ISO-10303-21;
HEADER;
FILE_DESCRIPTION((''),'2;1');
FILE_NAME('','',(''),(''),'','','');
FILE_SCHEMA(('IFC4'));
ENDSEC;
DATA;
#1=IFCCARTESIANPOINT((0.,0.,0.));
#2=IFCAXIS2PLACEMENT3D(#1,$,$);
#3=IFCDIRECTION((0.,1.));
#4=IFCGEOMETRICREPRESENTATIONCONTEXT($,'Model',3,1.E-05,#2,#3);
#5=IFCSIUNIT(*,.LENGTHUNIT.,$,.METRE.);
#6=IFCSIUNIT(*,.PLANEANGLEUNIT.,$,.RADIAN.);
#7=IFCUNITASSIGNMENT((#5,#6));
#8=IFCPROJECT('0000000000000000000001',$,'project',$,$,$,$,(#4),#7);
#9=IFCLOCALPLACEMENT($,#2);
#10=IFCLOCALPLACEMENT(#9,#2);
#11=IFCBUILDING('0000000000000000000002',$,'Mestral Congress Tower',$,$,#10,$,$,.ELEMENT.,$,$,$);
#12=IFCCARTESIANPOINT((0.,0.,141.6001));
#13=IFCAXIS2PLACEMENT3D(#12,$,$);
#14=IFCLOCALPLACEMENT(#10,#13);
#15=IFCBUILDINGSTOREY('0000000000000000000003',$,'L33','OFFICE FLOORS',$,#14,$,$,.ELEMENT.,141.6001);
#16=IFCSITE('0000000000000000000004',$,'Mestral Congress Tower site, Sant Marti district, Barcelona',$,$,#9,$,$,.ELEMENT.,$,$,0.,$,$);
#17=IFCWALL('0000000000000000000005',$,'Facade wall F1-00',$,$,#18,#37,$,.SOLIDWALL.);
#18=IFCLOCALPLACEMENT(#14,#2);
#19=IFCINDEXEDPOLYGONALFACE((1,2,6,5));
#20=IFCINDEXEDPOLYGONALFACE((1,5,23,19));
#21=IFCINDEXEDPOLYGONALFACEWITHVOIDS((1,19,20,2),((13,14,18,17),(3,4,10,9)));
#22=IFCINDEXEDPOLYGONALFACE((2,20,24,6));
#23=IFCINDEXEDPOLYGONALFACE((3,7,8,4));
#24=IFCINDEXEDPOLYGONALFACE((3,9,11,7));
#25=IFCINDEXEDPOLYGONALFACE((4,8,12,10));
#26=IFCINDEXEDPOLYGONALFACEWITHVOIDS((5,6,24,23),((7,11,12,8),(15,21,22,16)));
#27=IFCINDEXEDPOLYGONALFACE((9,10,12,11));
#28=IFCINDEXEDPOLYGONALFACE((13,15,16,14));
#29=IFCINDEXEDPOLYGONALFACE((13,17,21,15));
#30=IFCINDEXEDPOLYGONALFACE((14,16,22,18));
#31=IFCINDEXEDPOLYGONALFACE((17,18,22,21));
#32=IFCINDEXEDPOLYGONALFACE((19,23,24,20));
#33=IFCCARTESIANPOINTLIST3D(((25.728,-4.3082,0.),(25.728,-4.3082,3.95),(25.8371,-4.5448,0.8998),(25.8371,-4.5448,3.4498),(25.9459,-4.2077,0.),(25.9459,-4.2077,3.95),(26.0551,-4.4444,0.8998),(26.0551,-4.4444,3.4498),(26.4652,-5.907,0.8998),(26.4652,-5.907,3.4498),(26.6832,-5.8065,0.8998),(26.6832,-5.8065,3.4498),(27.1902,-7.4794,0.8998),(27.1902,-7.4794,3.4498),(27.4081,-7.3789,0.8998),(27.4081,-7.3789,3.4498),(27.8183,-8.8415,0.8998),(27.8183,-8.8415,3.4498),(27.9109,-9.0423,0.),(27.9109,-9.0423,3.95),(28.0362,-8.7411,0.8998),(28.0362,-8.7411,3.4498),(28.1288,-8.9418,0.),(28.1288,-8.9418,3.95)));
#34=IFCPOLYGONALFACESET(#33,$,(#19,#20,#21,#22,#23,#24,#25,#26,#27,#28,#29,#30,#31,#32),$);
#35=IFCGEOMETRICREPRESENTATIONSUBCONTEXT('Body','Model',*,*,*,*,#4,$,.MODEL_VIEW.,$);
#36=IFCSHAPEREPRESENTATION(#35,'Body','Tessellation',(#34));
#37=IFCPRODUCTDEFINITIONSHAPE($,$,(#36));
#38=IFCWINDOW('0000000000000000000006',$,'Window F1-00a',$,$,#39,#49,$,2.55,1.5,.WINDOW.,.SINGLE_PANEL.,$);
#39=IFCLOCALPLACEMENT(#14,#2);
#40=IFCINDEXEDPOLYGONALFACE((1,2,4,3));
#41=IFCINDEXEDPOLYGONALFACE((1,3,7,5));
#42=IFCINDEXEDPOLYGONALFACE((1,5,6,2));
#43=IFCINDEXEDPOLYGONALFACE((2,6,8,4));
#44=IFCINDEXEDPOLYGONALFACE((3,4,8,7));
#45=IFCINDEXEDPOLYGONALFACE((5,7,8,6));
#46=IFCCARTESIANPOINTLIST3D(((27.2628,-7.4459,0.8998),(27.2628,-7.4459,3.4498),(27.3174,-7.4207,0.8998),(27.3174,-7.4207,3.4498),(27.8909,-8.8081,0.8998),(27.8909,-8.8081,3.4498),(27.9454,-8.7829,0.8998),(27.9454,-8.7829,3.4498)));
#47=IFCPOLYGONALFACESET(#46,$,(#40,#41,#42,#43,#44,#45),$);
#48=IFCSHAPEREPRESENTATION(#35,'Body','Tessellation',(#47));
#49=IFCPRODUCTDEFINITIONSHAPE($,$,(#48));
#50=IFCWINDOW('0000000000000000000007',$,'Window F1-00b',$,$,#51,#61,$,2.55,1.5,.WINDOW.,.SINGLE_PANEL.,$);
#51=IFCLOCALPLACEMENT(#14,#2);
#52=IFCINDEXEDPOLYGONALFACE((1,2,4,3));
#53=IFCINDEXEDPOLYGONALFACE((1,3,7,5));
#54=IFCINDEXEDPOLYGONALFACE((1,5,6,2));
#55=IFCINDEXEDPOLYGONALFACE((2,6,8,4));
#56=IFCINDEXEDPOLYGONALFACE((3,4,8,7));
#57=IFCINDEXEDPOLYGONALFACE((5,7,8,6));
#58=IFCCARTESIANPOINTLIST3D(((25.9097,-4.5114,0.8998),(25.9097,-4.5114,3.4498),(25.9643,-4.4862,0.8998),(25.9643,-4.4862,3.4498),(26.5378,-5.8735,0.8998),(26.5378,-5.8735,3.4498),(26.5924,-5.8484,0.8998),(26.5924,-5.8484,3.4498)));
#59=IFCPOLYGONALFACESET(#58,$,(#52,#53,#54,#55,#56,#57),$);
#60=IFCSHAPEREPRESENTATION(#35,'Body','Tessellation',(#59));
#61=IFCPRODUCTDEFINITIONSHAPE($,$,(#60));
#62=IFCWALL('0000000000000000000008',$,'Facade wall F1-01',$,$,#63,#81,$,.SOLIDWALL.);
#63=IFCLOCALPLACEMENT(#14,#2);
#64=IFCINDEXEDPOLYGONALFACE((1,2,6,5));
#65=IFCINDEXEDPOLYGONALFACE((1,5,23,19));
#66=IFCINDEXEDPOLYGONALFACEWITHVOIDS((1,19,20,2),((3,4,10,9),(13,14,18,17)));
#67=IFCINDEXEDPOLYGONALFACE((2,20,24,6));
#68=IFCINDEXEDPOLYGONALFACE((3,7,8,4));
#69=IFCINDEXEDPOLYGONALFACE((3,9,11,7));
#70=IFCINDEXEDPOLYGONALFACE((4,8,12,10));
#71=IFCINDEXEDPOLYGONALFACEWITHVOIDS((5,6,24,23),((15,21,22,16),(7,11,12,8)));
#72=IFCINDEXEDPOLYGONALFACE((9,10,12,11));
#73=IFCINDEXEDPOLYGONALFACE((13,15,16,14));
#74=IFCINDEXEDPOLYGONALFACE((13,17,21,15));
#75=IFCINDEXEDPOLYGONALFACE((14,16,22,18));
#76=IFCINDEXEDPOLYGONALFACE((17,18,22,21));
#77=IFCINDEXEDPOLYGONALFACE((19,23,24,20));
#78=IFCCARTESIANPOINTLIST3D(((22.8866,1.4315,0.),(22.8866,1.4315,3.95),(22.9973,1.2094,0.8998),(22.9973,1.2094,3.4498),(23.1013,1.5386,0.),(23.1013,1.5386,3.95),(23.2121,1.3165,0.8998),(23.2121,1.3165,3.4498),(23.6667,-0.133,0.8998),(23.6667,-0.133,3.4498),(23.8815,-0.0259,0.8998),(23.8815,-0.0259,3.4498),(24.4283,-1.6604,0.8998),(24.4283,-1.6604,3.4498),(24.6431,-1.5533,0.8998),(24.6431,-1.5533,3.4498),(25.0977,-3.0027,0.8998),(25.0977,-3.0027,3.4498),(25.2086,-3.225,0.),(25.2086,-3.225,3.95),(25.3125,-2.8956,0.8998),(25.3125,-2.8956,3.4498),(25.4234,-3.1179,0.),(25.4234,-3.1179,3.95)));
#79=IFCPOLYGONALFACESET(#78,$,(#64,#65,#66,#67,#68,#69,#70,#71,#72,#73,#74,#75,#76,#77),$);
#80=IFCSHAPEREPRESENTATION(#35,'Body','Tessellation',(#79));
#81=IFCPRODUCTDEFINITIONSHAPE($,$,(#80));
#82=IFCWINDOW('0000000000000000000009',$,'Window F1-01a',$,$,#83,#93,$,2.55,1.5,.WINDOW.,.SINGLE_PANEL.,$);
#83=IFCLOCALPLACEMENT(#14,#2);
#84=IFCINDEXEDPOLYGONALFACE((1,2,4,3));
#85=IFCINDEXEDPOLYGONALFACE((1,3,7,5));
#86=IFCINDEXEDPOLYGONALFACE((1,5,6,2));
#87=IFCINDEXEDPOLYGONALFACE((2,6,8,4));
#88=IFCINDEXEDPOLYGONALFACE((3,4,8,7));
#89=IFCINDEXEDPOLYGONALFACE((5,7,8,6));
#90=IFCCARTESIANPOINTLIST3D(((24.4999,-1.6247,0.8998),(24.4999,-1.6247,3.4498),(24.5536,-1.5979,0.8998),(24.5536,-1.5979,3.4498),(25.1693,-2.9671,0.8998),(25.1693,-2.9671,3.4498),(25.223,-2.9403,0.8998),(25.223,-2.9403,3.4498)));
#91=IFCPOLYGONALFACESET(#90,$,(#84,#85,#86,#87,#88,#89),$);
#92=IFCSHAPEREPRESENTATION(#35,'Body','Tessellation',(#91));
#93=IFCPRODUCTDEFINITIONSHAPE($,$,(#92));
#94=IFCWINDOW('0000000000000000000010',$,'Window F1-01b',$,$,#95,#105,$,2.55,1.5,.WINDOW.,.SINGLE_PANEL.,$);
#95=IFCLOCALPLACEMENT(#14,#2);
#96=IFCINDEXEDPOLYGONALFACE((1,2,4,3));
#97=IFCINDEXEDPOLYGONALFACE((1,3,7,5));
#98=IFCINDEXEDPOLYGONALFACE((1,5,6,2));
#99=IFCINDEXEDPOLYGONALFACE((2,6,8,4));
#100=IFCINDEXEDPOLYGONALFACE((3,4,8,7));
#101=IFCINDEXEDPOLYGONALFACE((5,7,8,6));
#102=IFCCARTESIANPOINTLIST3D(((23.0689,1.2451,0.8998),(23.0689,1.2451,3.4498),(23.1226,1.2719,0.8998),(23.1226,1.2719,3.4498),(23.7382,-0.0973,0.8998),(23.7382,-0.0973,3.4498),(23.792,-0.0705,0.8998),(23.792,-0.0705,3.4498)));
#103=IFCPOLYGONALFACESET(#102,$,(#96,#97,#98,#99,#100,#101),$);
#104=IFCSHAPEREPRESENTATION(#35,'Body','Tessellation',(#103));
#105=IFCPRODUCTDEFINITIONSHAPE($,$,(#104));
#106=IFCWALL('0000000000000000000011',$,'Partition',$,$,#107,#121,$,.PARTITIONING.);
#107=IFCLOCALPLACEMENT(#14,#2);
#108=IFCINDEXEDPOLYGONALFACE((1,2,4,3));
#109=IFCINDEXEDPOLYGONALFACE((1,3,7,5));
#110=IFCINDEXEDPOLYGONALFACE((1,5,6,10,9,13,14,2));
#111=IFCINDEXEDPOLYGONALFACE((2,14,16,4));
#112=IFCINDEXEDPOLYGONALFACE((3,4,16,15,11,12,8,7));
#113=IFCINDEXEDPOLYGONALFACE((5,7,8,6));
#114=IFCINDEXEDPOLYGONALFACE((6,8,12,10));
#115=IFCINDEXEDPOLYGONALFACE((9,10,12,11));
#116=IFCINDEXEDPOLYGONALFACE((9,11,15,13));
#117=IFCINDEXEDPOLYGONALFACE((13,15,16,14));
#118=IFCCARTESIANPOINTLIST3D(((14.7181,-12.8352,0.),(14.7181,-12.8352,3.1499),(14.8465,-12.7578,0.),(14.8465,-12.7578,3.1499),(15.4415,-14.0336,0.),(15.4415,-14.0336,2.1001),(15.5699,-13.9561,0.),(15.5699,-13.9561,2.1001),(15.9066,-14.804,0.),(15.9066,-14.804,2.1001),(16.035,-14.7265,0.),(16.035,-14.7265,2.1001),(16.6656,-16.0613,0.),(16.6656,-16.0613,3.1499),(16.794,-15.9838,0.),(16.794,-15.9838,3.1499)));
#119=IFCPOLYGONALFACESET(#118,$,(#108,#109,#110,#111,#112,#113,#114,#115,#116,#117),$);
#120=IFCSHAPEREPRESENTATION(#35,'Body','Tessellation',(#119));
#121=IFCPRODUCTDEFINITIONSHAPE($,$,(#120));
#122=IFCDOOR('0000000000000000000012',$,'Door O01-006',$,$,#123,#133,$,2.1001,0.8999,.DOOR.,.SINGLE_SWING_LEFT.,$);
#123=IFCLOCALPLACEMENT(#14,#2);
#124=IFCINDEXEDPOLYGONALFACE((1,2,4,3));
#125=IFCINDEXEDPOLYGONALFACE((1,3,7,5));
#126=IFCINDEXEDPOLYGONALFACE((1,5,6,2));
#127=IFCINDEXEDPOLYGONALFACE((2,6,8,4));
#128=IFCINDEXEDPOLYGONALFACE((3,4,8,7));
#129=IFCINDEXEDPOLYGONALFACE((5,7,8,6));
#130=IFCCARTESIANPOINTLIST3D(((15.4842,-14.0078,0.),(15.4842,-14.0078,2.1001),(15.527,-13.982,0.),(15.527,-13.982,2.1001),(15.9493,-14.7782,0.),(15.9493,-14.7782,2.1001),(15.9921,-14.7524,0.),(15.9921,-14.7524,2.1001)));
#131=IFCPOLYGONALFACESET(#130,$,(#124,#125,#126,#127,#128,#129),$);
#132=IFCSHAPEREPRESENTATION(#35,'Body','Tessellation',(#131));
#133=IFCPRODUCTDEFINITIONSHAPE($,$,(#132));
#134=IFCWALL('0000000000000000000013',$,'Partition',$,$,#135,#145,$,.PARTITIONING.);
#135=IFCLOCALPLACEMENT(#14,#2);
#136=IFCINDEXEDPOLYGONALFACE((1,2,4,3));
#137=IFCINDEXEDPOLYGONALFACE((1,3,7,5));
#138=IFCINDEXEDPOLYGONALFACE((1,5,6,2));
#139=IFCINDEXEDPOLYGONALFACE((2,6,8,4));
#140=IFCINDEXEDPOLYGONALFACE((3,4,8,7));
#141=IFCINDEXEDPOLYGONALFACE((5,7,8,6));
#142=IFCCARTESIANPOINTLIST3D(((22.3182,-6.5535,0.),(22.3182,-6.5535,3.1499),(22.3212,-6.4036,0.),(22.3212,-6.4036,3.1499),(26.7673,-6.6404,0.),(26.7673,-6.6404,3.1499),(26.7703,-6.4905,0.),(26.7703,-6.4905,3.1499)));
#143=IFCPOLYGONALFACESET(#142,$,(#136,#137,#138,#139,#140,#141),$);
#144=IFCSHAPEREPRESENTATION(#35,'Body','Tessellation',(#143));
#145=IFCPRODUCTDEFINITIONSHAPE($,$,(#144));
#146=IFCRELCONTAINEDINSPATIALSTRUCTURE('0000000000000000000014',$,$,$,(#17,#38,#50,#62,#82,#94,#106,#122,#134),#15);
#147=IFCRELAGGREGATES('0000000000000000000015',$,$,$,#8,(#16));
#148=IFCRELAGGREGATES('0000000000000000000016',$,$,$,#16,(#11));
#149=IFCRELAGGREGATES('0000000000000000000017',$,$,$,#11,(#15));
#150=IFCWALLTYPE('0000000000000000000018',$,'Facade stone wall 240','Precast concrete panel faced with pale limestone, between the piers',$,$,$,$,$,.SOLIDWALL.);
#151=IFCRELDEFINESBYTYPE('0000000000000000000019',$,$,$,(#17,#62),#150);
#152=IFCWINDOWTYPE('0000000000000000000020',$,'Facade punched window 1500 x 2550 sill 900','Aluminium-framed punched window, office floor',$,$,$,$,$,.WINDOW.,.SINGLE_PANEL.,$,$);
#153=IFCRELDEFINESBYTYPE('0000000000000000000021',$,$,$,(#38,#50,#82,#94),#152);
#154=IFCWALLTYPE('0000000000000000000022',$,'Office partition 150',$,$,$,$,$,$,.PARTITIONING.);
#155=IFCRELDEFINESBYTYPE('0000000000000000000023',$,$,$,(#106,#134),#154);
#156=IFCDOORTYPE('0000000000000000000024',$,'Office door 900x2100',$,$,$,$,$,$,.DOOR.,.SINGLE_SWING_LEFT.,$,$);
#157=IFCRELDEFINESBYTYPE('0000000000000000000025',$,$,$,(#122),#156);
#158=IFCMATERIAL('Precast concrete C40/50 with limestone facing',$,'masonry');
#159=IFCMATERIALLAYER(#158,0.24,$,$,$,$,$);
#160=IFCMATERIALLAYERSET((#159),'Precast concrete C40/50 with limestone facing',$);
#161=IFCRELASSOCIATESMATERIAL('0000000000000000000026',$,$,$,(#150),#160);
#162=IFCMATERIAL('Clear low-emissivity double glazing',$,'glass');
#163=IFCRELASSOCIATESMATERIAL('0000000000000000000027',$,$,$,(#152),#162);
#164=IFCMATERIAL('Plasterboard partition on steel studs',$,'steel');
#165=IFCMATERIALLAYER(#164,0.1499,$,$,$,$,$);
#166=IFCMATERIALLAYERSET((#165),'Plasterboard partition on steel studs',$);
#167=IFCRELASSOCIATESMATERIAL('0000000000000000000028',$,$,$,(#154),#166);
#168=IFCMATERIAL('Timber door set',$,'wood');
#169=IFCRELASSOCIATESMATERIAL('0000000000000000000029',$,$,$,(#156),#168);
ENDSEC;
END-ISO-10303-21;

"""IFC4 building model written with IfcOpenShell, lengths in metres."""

from ifc_helpers import new_model, si_unit, direction, frame, frame_2d, origin, place, context, subcontext, project, spatial, rectangle, extrude, material, layer, layer_set, type_object, element, fill, save


model = new_model("IFC4")

# Units and contexts
model_context = context("Model", 3, precision=1e-05, world=origin(), true_north=direction((0.0, 1.0)))
body_context = subcontext(model_context, "Body", "Model", "MODEL_VIEW")
ifc_project = project(units=[si_unit("LENGTHUNIT", "METRE"), si_unit("PLANEANGLEUNIT", "RADIAN")], contexts=[model_context])

# Site, building, storey
site_placement = place(None, origin())
site = spatial("IfcSite", under=ifc_project, at=site_placement, Name="Mestral Congress Tower site, Sant Marti district, Barcelona", CompositionType="ELEMENT", RefElevation=0.0)
building_placement = place(site_placement, origin())
building = spatial("IfcBuilding", under=site, at=building_placement, Name="Mestral Congress Tower", CompositionType="ELEMENT")
storey_placement = place(building_placement, frame((0.0, 0.0, 141.6001)))
storey = spatial("IfcBuildingStorey", under=building, at=storey_placement, Name="L33", Description="OFFICE FLOORS", CompositionType="ELEMENT", Elevation=141.6001)

# Shared definitions
ifc_material_1 = material(Name="Precast concrete C40/50 with limestone facing", Category="masonry")
ifc_layer_1 = layer(ifc_material_1, 0.24)
ifc_layer_set_1 = layer_set([ifc_layer_1], Name="Precast concrete C40/50 with limestone facing")
wall_type_1 = type_object("IfcWallType", Name="Facade stone wall 240", Description="Precast concrete panel faced with pale limestone, between the piers", PredefinedType="SOLIDWALL", material=ifc_layer_set_1)
ifc_material_2 = material(Name="Clear low-emissivity double glazing", Category="glass")

# Walls, openings, windows
wall_1_placement = place(storey_placement, frame((28.0198, -8.9919, 0.0), z_axis=(0.0, 0.0, 1.0), x_axis=(-0.418723, 0.908114, 0.0)))
wall_1 = element("IfcWall", 1, at=wall_1_placement, inside=storey, type_object=wall_type_1, Name="Facade wall F1-00", PredefinedType="SOLIDWALL", context=body_context, shape_type="SweptSolid", body=[
    extrude(rectangle(XDim=5.2131, YDim=0.24, at=frame_2d((2.6064, 0.0))), origin(), (0.0, 0.0, 1.0), 3.95),
])
opening_1_placement = place(wall_1_placement, frame((0.2209, 0.0, 0.8999)))
opening_1 = element("IfcOpeningElement", 2, at=opening_1_placement, cuts=wall_1, PredefinedType="OPENING", context=body_context, shape_type="SweptSolid", body=[
    extrude(rectangle(XDim=1.5, YDim=2.55, at=frame_2d((0.75, 1.2749))), frame((0.0, 0.1299, 0.0), z_axis=(0.0, -1.0, 0.0), x_axis=(1.0, 0.0, 0.0)), (0.0, 0.0, 1.0), 0.26),
])
opening_2_placement = place(wall_1_placement, frame((3.4524, 0.0, 0.8999)))
opening_2 = element("IfcOpeningElement", 3, at=opening_2_placement, cuts=wall_1, PredefinedType="OPENING", context=body_context, shape_type="SweptSolid", body=[
    extrude(rectangle(XDim=1.5, YDim=2.55, at=frame_2d((0.75, 1.2749))), frame((0.0, 0.1299, 0.0), z_axis=(0.0, -1.0, 0.0), x_axis=(1.0, 0.0, 0.0)), (0.0, 0.0, 1.0), 0.26),
])
window_type_1 = type_object("IfcWindowType", Name="Facade punched window 1500 x 2550 sill 900", Description="Aluminium-framed punched window, office floor", PartitioningType="SINGLE_PANEL", PredefinedType="WINDOW", material=ifc_material_2)
window_1_placement = place(opening_1_placement, origin())
window_1 = element("IfcWindow", 4, at=window_1_placement, inside=storey, type_object=window_type_1, Name="Window F1-00a", OverallHeight=2.55, OverallWidth=1.5, PartitioningType="SINGLE_PANEL", PredefinedType="WINDOW", context=body_context, shape_type="SweptSolid", body=[
    extrude(rectangle(XDim=1.5, YDim=2.55, at=frame_2d((0.75, 1.2749))), frame((0.0, 0.04, 0.0), z_axis=(0.0, -1.0, 0.0), x_axis=(1.0, 0.0, 0.0)), (0.0, 0.0, 1.0), 0.0601),
])
fill(opening_1, window_1)
window_2_placement = place(opening_2_placement, origin())
window_2 = element("IfcWindow", 5, at=window_2_placement, inside=storey, type_object=window_type_1, Name="Window F1-00b", OverallHeight=2.55, OverallWidth=1.5, PartitioningType="SINGLE_PANEL", PredefinedType="WINDOW", context=body_context, shape_type="SweptSolid", body=[
    extrude(rectangle(XDim=1.5, YDim=2.55, at=frame_2d((0.75, 1.2749))), frame((0.0, 0.04, 0.0), z_axis=(0.0, -1.0, 0.0), x_axis=(1.0, 0.0, 0.0)), (0.0, 0.0, 1.0), 0.0601),
])
fill(opening_2, window_2)
wall_2_placement = place(storey_placement, frame((25.3159, -3.1714, 0.0), z_axis=(0.0, 0.0, 1.0), x_axis=(-0.446256, 0.894905, 0.0)))
wall_2 = element("IfcWall", 6, at=wall_2_placement, inside=storey, type_object=wall_type_1, Name="Facade wall F1-01", PredefinedType="SOLIDWALL", context=body_context, shape_type="SweptSolid", body=[
    extrude(rectangle(XDim=5.2034, YDim=0.24, at=frame_2d((2.6016, 0.0))), origin(), (0.0, 0.0, 1.0), 3.95),
])
opening_3_placement = place(wall_2_placement, frame((0.2483, 0.0, 0.8999)))
opening_3 = element("IfcOpeningElement", 7, at=opening_3_placement, cuts=wall_2, PredefinedType="OPENING", context=body_context, shape_type="SweptSolid", body=[
    extrude(rectangle(XDim=1.5, YDim=2.55, at=frame_2d((0.75, 1.2749))), frame((0.0, 0.1299, 0.0), z_axis=(0.0, -1.0, 0.0), x_axis=(1.0, 0.0, 0.0)), (0.0, 0.0, 1.0), 0.26),
])
opening_4_placement = place(wall_2_placement, frame((3.4551, 0.0, 0.8999)))
opening_4 = element("IfcOpeningElement", 8, at=opening_4_placement, cuts=wall_2, PredefinedType="OPENING", context=body_context, shape_type="SweptSolid", body=[
    extrude(rectangle(XDim=1.5, YDim=2.55, at=frame_2d((0.75, 1.2749))), frame((0.0, 0.1299, 0.0), z_axis=(0.0, -1.0, 0.0), x_axis=(1.0, 0.0, 0.0)), (0.0, 0.0, 1.0), 0.26),
])
window_3_placement = place(opening_3_placement, origin())
window_3 = element("IfcWindow", 9, at=window_3_placement, inside=storey, type_object=window_type_1, Name="Window F1-01a", OverallHeight=2.55, OverallWidth=1.5, PartitioningType="SINGLE_PANEL", PredefinedType="WINDOW", context=body_context, shape_type="SweptSolid", body=[
    extrude(rectangle(XDim=1.5, YDim=2.55, at=frame_2d((0.75, 1.2749))), frame((0.0, 0.04, 0.0), z_axis=(0.0, -1.0, 0.0), x_axis=(1.0, 0.0, 0.0)), (0.0, 0.0, 1.0), 0.0601),
])
fill(opening_3, window_3)
window_4_placement = place(opening_4_placement, origin())
window_4 = element("IfcWindow", 10, at=window_4_placement, inside=storey, type_object=window_type_1, Name="Window F1-01b", OverallHeight=2.55, OverallWidth=1.5, PartitioningType="SINGLE_PANEL", PredefinedType="WINDOW", context=body_context, shape_type="SweptSolid", body=[
    extrude(rectangle(XDim=1.5, YDim=2.55, at=frame_2d((0.75, 1.2749))), frame((0.0, 0.04, 0.0), z_axis=(0.0, -1.0, 0.0), x_axis=(1.0, 0.0, 0.0)), (0.0, 0.0, 1.0), 0.0601),
])
fill(opening_4, window_4)

# Wall, opening, door
ifc_material_3 = material(Name="Plasterboard partition on steel studs", Category="steel")
ifc_layer_2 = layer(ifc_material_3, 0.1499)
ifc_layer_set_2 = layer_set([ifc_layer_2], Name="Plasterboard partition on steel studs")
wall_type_2 = type_object("IfcWallType", Name="Office partition 150", PredefinedType="PARTITIONING", material=ifc_layer_set_2)
wall_3_placement = place(storey_placement, frame((14.7822, -12.7964, 0.0), z_axis=(0.0, 0.0, 1.0), x_axis=(0.516809, -0.856101, 0.0)))
wall_3 = element("IfcWall", 11, at=wall_3_placement, inside=storey, type_object=wall_type_2, Name="Partition", PredefinedType="PARTITIONING", context=body_context, shape_type="SweptSolid", body=[
    extrude(rectangle(XDim=3.7683, YDim=0.1499, at=frame_2d((1.8843, 0.0))), origin(), (0.0, 0.0, 1.0), 3.1499),
])
opening_5_placement = place(wall_3_placement, frame((1.3999, 0.0, 0.0)))
opening_5 = element("IfcOpeningElement", 12, at=opening_5_placement, cuts=wall_3, PredefinedType="OPENING", context=body_context, shape_type="SweptSolid", body=[
    extrude(rectangle(XDim=0.8999, YDim=2.1001, at=frame_2d((0.45, 1.05))), frame((0.0, 0.085, 0.0), z_axis=(0.0, -1.0, 0.0), x_axis=(1.0, 0.0, 0.0)), (0.0, 0.0, 1.0), 0.1699),
])
ifc_material_4 = material(Name="Timber door set", Category="wood")
door_type = type_object("IfcDoorType", Name="Office door 900x2100", OperationType="SINGLE_SWING_LEFT", PredefinedType="DOOR", material=ifc_material_4)
door_1_placement = place(opening_5_placement, origin())
door_1 = element("IfcDoor", 13, at=door_1_placement, inside=storey, type_object=door_type, Name="Door O01-006", OperationType="SINGLE_SWING_LEFT", OverallHeight=2.1001, OverallWidth=0.8999, PredefinedType="DOOR", context=body_context, shape_type="SweptSolid", body=[
    extrude(rectangle(XDim=0.8999, YDim=2.1001, at=frame_2d((0.45, 1.05))), frame((0.0, 0.0249, 0.0), z_axis=(0.0, -1.0, 0.0), x_axis=(1.0, 0.0, 0.0)), (0.0, 0.0, 1.0), 0.05),
])
fill(opening_5, door_1)

# Wall
wall_4_placement = place(storey_placement, frame((22.3196, -6.4785, 0.0), z_axis=(0.0, 0.0, 1.0), x_axis=(0.999809, -0.019531, 0.0)))
element("IfcWall", 14, at=wall_4_placement, inside=storey, type_object=wall_type_2, Name="Partition", PredefinedType="PARTITIONING", context=body_context, shape_type="SweptSolid", body=[
    extrude(rectangle(XDim=4.45, YDim=0.1499, at=frame_2d((2.2251, 0.0))), origin(), (0.0, 0.0, 1.0), 3.1499),
])

save(model, "model.ifc")
